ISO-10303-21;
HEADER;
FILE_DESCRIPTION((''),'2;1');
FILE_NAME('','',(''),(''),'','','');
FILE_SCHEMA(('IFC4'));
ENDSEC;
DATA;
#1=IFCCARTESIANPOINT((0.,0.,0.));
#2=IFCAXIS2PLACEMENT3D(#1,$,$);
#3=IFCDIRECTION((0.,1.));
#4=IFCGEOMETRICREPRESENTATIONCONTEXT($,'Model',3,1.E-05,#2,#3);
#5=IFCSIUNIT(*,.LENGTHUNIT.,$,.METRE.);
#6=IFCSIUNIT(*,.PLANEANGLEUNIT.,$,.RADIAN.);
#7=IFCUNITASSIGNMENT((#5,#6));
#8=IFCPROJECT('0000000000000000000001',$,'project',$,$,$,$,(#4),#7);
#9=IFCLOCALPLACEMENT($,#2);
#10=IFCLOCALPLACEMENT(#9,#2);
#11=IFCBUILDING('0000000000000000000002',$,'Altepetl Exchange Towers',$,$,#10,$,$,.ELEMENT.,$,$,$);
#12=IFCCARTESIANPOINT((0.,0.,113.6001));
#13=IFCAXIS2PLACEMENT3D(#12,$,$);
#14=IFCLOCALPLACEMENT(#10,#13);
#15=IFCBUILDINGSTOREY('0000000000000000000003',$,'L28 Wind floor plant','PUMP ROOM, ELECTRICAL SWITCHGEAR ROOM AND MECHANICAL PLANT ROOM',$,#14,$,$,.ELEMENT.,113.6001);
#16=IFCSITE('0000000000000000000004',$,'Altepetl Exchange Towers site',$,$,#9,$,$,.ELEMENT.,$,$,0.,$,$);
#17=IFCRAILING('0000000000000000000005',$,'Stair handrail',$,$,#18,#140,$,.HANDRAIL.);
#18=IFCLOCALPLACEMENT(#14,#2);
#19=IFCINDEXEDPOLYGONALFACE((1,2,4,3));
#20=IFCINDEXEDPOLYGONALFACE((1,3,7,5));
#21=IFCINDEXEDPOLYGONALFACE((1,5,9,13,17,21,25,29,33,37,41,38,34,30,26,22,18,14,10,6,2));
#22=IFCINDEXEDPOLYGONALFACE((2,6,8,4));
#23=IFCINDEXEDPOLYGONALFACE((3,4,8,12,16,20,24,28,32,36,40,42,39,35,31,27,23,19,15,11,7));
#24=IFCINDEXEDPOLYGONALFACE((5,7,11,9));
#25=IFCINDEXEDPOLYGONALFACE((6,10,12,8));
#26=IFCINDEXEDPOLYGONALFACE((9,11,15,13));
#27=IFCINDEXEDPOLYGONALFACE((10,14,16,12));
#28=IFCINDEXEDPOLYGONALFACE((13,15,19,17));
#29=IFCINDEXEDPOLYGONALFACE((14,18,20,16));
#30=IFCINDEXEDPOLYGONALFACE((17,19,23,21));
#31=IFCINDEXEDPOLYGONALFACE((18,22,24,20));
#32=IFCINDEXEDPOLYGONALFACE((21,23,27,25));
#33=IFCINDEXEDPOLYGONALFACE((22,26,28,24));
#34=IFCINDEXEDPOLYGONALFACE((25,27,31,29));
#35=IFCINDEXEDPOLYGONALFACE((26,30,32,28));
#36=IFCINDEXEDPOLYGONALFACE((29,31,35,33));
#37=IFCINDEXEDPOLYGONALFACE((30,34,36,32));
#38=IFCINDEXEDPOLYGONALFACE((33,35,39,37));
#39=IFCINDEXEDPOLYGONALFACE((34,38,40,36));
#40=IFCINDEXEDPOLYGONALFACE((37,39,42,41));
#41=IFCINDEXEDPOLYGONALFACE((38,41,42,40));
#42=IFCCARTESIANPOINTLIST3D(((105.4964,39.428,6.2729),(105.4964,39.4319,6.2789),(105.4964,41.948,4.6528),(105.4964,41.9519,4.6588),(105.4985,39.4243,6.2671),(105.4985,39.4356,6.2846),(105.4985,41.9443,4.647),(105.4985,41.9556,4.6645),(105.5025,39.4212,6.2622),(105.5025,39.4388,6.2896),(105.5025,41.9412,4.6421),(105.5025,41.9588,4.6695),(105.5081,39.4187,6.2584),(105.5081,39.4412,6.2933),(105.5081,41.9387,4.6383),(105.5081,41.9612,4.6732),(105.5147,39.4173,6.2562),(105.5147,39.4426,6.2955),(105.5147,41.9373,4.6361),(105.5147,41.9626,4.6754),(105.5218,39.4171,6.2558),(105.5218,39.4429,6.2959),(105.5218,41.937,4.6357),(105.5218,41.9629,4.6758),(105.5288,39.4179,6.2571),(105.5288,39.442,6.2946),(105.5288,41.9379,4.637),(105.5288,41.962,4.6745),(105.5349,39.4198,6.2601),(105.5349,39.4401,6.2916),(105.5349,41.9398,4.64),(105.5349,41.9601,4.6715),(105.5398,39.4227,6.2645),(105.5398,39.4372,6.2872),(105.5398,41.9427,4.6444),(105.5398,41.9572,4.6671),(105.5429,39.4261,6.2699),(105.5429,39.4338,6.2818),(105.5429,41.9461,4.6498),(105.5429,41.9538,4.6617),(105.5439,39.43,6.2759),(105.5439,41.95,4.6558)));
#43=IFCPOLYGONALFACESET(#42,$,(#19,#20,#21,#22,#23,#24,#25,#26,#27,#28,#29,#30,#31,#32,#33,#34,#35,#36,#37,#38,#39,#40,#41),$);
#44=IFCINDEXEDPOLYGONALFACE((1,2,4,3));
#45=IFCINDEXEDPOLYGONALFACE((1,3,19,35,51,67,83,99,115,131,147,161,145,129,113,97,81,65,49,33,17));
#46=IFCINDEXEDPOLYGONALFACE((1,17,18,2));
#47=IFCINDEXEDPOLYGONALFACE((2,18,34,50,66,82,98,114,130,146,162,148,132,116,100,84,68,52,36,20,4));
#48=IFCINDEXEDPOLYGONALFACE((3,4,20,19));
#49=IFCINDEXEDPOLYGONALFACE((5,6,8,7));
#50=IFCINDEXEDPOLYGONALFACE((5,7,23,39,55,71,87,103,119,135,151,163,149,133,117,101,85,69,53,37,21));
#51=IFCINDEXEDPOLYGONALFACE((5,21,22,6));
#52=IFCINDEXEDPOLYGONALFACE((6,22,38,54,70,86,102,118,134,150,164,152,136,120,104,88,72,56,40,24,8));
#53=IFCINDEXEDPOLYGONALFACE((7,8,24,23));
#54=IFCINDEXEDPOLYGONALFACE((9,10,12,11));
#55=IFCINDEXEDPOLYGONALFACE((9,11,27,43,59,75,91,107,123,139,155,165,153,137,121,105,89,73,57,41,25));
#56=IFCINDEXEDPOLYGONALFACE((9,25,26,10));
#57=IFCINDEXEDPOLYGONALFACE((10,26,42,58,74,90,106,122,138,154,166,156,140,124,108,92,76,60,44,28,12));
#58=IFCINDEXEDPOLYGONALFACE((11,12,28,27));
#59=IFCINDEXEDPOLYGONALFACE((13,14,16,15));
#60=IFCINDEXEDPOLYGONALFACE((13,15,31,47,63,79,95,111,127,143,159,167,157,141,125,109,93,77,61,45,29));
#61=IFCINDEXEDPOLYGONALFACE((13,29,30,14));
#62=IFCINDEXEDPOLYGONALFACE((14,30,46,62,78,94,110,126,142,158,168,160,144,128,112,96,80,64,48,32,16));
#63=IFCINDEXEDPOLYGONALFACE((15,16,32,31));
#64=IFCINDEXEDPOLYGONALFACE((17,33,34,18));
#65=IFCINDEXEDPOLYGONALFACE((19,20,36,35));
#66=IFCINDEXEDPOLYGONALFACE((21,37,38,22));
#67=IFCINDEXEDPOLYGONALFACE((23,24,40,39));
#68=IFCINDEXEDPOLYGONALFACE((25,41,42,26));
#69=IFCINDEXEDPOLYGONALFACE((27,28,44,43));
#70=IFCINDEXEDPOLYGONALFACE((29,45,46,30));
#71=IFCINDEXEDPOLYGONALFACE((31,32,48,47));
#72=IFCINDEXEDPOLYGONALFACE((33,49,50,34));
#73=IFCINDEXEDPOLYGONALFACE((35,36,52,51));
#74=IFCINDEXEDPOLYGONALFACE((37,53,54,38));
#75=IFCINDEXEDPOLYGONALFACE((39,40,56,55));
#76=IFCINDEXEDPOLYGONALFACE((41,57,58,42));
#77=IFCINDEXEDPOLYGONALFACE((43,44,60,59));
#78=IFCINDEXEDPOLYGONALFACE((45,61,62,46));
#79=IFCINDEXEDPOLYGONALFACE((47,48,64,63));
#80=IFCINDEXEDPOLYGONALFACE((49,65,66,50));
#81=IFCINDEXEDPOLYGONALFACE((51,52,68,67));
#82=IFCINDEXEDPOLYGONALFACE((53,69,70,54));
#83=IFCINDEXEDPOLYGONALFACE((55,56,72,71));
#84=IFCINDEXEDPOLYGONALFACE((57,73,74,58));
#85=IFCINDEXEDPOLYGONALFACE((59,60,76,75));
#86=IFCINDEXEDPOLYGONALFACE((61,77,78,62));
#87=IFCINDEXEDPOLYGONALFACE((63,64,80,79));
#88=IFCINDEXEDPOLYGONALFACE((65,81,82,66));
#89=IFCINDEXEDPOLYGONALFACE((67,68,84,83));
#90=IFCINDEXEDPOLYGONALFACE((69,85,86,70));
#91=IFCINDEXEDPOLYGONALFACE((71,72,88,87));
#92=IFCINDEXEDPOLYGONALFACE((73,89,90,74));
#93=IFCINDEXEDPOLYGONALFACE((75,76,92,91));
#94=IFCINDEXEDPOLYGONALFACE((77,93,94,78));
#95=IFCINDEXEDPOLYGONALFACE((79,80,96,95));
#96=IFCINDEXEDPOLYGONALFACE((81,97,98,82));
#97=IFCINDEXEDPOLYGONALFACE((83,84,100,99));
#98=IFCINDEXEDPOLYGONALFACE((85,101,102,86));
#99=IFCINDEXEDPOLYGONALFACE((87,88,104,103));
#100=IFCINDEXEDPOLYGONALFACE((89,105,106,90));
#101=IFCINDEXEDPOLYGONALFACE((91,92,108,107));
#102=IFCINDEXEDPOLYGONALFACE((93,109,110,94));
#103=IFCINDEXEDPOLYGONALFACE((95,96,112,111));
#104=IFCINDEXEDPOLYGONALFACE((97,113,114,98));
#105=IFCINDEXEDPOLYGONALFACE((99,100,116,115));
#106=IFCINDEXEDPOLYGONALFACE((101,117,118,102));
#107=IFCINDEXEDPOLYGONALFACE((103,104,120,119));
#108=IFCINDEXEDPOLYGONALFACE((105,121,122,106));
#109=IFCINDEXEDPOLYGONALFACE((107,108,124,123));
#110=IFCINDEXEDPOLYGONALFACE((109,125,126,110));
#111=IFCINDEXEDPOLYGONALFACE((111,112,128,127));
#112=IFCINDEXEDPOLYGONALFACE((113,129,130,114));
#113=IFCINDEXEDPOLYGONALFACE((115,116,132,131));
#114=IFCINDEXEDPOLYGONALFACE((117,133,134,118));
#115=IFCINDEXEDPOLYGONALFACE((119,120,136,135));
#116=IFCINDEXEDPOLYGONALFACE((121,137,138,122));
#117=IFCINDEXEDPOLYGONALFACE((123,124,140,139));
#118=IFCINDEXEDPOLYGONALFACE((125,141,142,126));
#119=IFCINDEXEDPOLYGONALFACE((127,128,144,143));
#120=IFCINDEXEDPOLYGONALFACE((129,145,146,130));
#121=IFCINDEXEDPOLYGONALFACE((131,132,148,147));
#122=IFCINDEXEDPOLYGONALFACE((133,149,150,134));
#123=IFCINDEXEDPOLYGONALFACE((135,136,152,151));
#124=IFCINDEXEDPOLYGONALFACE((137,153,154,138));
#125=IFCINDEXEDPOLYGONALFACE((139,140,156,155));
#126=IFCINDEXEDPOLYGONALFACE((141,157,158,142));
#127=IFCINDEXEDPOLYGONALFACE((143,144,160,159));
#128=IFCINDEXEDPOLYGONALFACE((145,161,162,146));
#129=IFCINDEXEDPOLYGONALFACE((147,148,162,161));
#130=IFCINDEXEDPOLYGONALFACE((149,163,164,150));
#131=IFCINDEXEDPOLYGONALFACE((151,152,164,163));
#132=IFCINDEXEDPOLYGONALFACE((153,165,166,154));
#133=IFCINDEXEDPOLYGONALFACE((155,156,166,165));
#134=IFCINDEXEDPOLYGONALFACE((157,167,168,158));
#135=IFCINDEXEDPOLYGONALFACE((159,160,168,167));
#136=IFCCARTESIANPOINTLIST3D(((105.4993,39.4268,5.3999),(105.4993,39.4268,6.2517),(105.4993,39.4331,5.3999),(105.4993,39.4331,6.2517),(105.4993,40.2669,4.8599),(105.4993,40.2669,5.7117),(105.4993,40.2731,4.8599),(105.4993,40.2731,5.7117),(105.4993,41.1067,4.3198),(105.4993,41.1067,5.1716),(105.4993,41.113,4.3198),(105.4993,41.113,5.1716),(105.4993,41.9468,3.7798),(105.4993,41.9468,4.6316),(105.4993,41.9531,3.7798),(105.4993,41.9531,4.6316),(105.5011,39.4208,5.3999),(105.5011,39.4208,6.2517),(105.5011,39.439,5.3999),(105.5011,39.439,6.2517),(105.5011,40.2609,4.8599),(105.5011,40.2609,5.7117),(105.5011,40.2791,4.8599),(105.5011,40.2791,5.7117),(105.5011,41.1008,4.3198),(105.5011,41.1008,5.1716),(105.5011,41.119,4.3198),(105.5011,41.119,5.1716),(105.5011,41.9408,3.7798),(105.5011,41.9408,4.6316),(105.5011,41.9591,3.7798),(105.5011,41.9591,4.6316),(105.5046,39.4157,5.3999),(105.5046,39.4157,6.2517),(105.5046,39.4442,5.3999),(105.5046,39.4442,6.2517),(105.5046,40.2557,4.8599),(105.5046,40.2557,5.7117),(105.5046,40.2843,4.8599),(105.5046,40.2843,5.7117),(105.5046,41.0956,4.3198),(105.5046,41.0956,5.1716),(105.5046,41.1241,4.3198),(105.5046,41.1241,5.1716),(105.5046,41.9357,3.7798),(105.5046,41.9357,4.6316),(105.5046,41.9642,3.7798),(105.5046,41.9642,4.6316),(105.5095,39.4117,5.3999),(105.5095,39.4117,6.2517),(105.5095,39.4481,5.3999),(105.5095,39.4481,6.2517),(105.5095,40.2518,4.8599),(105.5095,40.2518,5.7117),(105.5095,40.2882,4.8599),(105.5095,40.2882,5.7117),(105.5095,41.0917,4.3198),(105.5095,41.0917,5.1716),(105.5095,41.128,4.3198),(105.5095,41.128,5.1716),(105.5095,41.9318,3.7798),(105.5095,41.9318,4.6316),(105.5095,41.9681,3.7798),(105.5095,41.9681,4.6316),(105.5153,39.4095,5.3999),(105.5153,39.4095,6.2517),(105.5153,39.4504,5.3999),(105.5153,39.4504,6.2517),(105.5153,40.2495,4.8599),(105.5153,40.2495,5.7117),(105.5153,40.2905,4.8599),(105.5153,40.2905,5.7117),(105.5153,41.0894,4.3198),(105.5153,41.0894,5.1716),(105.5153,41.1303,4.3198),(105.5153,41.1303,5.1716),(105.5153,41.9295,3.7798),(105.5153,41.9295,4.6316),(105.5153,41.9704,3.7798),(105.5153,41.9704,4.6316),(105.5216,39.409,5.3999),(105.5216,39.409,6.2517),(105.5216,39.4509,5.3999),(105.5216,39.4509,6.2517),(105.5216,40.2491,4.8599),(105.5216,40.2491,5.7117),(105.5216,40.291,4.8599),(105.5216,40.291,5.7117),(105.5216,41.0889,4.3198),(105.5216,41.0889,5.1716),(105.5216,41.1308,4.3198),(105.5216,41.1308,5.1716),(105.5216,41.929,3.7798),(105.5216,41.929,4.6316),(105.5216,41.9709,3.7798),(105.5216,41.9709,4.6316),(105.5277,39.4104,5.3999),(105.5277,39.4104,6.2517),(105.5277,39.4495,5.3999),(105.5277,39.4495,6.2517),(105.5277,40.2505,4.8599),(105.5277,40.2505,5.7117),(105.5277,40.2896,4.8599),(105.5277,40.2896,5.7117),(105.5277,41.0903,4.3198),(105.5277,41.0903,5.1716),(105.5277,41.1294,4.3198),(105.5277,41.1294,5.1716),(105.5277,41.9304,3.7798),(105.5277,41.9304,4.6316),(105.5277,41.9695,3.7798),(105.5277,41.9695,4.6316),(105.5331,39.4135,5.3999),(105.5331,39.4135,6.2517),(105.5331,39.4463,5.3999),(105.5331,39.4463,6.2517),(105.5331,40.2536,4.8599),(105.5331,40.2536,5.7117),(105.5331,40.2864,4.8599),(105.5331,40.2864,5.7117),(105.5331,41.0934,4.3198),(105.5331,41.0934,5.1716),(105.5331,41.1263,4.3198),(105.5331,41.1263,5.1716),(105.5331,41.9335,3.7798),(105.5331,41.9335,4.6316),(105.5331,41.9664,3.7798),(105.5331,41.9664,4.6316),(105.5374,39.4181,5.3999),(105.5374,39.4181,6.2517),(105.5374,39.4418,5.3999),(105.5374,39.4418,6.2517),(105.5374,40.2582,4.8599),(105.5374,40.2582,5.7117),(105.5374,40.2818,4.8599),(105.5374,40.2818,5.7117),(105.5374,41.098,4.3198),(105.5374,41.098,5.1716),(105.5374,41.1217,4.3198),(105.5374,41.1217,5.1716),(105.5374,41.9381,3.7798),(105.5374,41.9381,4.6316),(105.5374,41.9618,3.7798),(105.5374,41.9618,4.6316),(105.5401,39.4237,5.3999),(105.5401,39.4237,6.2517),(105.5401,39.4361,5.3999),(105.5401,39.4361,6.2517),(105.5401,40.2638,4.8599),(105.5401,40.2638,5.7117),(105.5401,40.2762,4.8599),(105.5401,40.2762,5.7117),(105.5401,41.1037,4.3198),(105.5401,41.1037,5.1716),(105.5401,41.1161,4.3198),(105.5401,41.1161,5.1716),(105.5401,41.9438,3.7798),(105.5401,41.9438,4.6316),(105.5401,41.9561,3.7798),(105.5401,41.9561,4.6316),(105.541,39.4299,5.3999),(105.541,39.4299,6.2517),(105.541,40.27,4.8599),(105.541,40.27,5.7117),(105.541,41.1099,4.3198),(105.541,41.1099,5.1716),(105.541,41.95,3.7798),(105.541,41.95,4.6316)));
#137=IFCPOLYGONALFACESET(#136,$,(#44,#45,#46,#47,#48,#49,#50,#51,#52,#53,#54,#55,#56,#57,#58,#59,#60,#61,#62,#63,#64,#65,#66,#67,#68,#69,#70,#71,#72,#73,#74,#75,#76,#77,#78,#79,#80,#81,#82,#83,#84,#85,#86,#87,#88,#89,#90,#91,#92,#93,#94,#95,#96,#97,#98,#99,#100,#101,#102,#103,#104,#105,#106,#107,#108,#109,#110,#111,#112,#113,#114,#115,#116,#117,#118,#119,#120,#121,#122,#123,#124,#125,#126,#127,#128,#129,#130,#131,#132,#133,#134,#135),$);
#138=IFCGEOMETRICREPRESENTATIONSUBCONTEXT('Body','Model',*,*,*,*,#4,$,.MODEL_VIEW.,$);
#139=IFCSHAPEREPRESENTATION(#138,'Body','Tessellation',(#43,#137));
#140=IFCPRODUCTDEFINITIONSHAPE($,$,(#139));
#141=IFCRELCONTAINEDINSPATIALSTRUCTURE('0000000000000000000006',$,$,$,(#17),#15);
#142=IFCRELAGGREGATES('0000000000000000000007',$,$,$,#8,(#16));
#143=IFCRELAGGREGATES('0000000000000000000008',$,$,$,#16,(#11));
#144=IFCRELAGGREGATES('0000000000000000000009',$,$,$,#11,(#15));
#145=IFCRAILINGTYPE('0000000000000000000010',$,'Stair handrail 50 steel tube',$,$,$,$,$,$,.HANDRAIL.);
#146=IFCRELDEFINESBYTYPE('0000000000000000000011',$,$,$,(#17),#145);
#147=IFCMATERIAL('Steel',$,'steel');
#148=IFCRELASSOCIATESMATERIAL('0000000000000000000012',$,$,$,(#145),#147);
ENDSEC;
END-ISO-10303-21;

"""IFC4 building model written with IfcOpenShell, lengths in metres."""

from ifc_helpers import new_model, si_unit, direction, frame, origin, origin_2d, place, context, subcontext, project, spatial, circle, extrude, source, transform, mapped, material, type_object, element, save


model = new_model("IFC4")

# Units and contexts
model_context = context("Model", 3, precision=1e-05, world=origin(), true_north=direction((0.0, 1.0)))
body_context = subcontext(model_context, "Body", "Model", "MODEL_VIEW")
ifc_project = project(units=[si_unit("LENGTHUNIT", "METRE"), si_unit("PLANEANGLEUNIT", "RADIAN")], contexts=[model_context])

# Site, building, storey
site_placement = place(None, origin())
site = spatial("IfcSite", under=ifc_project, at=site_placement, Name="Altepetl Exchange Towers site", CompositionType="ELEMENT", RefElevation=0.0)
building_placement = place(site_placement, origin())
building = spatial("IfcBuilding", under=site, at=building_placement, Name="Altepetl Exchange Towers", CompositionType="ELEMENT")
storey_placement = place(building_placement, frame((0.0, 0.0, 113.6001)))
storey = spatial("IfcBuildingStorey", under=building, at=storey_placement, Name="L28 Wind floor plant", Description="PUMP ROOM, ELECTRICAL SWITCHGEAR ROOM AND MECHANICAL PLANT ROOM", CompositionType="ELEMENT", Elevation=113.6001)

# Railing
ifc_material_1 = material(Name="Steel", Category="steel")
railing_type = type_object("IfcRailingType", Name="Stair handrail 50 steel tube", PredefinedType="HANDRAIL", material=ifc_material_1)
shared_shape = source(origin(), body_context, "Body", "SweptSolid", [
    extrude(circle(Radius=0.021, at=origin_2d()), origin(), (0.0, 0.0, 1.0), 0.8518),
])
railing_1_placement = place(storey_placement, frame((105.52, 41.95, 3.7798)))
element("IfcRailing", 1, at=railing_1_placement, inside=storey, type_object=railing_type, Name="Stair handrail", PredefinedType="HANDRAIL", context=body_context, shape_type="SweptSolid", body=[
    extrude(circle(Radius=0.0239, at=origin_2d()), frame((0.0, 0.0, 0.876), z_axis=(0.0, -0.841163, 0.540782), x_axis=(1.0, 0.0, 0.0)), (0.0, 0.0, 1.0), 2.9958),
    mapped(shared_shape, transform((0.0, 0.0, 0.0))),
    mapped(shared_shape, transform((0.0, -0.8401, 0.54))),
    mapped(shared_shape, transform((0.0, -1.6799, 1.0801))),
    mapped(shared_shape, transform((0.0, -2.52, 1.6201))),
])

save(model, "model.ifc")
